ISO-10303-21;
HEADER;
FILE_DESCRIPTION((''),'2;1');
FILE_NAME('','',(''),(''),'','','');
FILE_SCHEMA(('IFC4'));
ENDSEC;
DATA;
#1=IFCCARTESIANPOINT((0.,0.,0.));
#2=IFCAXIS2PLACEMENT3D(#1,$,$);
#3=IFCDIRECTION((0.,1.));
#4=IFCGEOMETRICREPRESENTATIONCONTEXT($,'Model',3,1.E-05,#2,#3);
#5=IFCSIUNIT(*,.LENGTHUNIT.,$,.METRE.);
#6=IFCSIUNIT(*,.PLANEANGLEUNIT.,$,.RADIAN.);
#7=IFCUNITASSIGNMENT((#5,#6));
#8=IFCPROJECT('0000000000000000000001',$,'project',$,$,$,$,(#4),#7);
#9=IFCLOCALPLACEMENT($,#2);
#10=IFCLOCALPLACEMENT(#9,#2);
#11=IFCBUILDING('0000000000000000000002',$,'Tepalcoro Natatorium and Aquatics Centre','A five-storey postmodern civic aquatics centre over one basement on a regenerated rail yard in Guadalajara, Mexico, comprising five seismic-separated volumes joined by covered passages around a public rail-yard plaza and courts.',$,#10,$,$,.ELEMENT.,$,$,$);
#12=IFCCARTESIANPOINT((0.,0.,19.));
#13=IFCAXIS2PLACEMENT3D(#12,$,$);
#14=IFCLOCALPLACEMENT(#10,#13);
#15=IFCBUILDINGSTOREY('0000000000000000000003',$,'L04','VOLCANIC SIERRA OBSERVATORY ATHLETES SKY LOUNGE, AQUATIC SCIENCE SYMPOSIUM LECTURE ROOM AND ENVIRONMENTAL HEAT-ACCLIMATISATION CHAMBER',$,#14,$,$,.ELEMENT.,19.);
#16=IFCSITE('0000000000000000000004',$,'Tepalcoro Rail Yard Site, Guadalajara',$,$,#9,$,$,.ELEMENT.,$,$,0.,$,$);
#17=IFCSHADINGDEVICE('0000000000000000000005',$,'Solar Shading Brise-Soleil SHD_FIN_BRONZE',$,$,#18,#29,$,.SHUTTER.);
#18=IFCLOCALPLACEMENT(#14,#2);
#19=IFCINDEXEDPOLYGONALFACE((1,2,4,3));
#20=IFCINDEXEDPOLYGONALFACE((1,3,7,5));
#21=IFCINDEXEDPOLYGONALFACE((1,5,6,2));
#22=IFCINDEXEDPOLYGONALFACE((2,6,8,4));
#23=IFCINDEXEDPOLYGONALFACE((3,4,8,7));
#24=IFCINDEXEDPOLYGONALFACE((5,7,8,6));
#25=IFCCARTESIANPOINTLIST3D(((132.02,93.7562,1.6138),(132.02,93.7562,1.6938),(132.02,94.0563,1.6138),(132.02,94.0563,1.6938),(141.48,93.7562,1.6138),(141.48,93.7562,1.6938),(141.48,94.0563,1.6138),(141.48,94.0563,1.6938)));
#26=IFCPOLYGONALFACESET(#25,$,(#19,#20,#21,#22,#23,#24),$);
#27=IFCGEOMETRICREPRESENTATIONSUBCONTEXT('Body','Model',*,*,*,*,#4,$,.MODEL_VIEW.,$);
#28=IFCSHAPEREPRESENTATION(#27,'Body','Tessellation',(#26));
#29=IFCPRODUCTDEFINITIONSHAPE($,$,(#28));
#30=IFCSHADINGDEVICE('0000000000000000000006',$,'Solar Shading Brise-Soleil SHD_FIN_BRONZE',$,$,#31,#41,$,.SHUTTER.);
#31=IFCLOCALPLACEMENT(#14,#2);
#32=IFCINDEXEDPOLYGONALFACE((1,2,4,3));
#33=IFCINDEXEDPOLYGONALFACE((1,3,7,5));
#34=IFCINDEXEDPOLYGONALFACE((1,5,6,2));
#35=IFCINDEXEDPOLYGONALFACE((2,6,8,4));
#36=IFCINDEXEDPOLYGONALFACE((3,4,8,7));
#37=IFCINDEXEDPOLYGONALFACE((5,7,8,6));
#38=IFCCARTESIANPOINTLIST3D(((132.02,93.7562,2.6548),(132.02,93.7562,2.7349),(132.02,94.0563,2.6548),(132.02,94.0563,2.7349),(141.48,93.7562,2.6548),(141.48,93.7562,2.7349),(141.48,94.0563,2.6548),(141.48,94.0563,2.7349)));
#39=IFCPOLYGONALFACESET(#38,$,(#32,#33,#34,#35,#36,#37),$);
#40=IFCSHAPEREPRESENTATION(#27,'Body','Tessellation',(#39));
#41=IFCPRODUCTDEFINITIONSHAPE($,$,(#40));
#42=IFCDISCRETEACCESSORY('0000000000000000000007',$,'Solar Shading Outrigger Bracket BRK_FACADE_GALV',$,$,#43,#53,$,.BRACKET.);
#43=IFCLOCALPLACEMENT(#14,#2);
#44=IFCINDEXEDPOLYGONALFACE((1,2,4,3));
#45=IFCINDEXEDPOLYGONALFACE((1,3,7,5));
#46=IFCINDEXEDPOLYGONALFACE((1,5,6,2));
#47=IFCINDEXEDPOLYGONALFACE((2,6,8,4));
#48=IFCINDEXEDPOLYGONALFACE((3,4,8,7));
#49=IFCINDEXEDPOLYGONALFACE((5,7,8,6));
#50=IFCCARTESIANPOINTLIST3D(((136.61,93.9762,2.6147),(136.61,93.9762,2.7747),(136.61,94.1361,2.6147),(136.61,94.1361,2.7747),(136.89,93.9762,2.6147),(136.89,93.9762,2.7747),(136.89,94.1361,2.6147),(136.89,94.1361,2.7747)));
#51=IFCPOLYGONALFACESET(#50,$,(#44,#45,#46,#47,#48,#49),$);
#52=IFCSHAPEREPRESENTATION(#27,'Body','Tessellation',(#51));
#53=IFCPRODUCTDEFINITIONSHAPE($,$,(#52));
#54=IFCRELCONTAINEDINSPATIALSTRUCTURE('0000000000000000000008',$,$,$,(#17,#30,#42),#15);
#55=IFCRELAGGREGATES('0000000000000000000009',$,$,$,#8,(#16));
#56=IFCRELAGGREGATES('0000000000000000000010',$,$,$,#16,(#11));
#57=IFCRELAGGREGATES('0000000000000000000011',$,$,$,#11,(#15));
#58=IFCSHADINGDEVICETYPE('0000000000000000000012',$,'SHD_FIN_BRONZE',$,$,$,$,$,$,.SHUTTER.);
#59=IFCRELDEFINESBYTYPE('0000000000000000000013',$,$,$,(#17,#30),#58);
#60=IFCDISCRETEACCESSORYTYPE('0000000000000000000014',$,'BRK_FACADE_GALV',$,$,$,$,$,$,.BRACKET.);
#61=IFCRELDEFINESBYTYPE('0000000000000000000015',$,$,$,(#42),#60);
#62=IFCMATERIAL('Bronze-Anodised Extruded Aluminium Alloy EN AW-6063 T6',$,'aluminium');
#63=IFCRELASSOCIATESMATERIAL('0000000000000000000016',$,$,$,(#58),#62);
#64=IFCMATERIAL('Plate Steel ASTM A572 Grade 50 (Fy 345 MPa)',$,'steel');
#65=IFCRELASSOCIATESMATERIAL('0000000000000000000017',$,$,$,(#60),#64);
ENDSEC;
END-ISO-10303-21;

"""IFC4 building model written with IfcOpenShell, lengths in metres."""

from ifc_helpers import new_model, si_unit, direction, frame, origin, origin_2d, place, context, subcontext, project, spatial, rectangle, extrude, material, type_object, element, save


model = new_model("IFC4")

# Units and contexts
model_context = context("Model", 3, precision=1e-05, world=origin(), true_north=direction((0.0, 1.0)))
body_context = subcontext(model_context, "Body", "Model", "MODEL_VIEW")
ifc_project = project(units=[si_unit("LENGTHUNIT", "METRE"), si_unit("PLANEANGLEUNIT", "RADIAN")], contexts=[model_context])

# Site, building, storey
site_placement = place(None, origin())
site = spatial("IfcSite", under=ifc_project, at=site_placement, Name="Tepalcoro Rail Yard Site, Guadalajara", CompositionType="ELEMENT", RefElevation=0.0)
building_placement = place(site_placement, origin())
building = spatial("IfcBuilding", under=site, at=building_placement, Name="Tepalcoro Natatorium and Aquatics Centre", Description="A five-storey postmodern civic aquatics centre over one basement on a regenerated rail yard in Guadalajara, Mexico, comprising five seismic-separated volumes joined by covered passages around a public rail-yard plaza and courts.", CompositionType="ELEMENT")
storey_placement = place(building_placement, frame((0.0, 0.0, 19.0)))
storey = spatial("IfcBuildingStorey", under=building, at=storey_placement, Name="L04", Description="VOLCANIC SIERRA OBSERVATORY ATHLETES SKY LOUNGE, AQUATIC SCIENCE SYMPOSIUM LECTURE ROOM AND ENVIRONMENTAL HEAT-ACCLIMATISATION CHAMBER", CompositionType="ELEMENT", Elevation=19.0)

# Shared definitions
ifc_material_1 = material(Name="Bronze-Anodised Extruded Aluminium Alloy EN AW-6063 T6", Category="aluminium")

# Shading devices
shading_device_type = type_object("IfcShadingDeviceType", Name="SHD_FIN_BRONZE", PredefinedType="SHUTTER", material=ifc_material_1)
for number, where, z_axis, x_axis, name in (
    (1, (136.75, 93.9062, 1.6138), (0.0, 0.0, 1.0), (1.0, 0.0, 0.0), "Solar Shading Brise-Soleil SHD_FIN_BRONZE"),
    (2, (136.75, 93.9062, 2.6548), (0.0, 0.0, 1.0), (1.0, 0.0, 0.0), "Solar Shading Brise-Soleil SHD_FIN_BRONZE"),
):
    element("IfcShadingDevice", number, at=place(storey_placement, frame(where, z_axis=z_axis, x_axis=x_axis)), inside=storey, type_object=shading_device_type, Name=name, PredefinedType="SHUTTER", context=body_context, shape_type="SweptSolid", body=[
        extrude(rectangle(XDim=9.46, YDim=0.3, at=origin_2d()), origin(), (0.0, 0.0, 1.0), 0.0801),
    ])

# Discrete accessory
ifc_material_2 = material(Name="Plate Steel ASTM A572 Grade 50 (Fy 345 MPa)", Category="steel")
discrete_accessory_type = type_object("IfcDiscreteAccessoryType", Name="BRK_FACADE_GALV", PredefinedType="BRACKET", material=ifc_material_2)
discrete_accessory_placement = place(storey_placement, frame((136.75, 94.0562, 2.6147), z_axis=(0.0, 0.0, 1.0), x_axis=(1.0, 0.0, 0.0)))
element("IfcDiscreteAccessory", 3, at=discrete_accessory_placement, inside=storey, type_object=discrete_accessory_type, Name="Solar Shading Outrigger Bracket BRK_FACADE_GALV", PredefinedType="BRACKET", context=body_context, shape_type="SweptSolid", body=[
    extrude(rectangle(XDim=0.28, YDim=0.1599, at=origin_2d()), origin(), (0.0, 0.0, 1.0), 0.1599),
])

save(model, "model.ifc")
